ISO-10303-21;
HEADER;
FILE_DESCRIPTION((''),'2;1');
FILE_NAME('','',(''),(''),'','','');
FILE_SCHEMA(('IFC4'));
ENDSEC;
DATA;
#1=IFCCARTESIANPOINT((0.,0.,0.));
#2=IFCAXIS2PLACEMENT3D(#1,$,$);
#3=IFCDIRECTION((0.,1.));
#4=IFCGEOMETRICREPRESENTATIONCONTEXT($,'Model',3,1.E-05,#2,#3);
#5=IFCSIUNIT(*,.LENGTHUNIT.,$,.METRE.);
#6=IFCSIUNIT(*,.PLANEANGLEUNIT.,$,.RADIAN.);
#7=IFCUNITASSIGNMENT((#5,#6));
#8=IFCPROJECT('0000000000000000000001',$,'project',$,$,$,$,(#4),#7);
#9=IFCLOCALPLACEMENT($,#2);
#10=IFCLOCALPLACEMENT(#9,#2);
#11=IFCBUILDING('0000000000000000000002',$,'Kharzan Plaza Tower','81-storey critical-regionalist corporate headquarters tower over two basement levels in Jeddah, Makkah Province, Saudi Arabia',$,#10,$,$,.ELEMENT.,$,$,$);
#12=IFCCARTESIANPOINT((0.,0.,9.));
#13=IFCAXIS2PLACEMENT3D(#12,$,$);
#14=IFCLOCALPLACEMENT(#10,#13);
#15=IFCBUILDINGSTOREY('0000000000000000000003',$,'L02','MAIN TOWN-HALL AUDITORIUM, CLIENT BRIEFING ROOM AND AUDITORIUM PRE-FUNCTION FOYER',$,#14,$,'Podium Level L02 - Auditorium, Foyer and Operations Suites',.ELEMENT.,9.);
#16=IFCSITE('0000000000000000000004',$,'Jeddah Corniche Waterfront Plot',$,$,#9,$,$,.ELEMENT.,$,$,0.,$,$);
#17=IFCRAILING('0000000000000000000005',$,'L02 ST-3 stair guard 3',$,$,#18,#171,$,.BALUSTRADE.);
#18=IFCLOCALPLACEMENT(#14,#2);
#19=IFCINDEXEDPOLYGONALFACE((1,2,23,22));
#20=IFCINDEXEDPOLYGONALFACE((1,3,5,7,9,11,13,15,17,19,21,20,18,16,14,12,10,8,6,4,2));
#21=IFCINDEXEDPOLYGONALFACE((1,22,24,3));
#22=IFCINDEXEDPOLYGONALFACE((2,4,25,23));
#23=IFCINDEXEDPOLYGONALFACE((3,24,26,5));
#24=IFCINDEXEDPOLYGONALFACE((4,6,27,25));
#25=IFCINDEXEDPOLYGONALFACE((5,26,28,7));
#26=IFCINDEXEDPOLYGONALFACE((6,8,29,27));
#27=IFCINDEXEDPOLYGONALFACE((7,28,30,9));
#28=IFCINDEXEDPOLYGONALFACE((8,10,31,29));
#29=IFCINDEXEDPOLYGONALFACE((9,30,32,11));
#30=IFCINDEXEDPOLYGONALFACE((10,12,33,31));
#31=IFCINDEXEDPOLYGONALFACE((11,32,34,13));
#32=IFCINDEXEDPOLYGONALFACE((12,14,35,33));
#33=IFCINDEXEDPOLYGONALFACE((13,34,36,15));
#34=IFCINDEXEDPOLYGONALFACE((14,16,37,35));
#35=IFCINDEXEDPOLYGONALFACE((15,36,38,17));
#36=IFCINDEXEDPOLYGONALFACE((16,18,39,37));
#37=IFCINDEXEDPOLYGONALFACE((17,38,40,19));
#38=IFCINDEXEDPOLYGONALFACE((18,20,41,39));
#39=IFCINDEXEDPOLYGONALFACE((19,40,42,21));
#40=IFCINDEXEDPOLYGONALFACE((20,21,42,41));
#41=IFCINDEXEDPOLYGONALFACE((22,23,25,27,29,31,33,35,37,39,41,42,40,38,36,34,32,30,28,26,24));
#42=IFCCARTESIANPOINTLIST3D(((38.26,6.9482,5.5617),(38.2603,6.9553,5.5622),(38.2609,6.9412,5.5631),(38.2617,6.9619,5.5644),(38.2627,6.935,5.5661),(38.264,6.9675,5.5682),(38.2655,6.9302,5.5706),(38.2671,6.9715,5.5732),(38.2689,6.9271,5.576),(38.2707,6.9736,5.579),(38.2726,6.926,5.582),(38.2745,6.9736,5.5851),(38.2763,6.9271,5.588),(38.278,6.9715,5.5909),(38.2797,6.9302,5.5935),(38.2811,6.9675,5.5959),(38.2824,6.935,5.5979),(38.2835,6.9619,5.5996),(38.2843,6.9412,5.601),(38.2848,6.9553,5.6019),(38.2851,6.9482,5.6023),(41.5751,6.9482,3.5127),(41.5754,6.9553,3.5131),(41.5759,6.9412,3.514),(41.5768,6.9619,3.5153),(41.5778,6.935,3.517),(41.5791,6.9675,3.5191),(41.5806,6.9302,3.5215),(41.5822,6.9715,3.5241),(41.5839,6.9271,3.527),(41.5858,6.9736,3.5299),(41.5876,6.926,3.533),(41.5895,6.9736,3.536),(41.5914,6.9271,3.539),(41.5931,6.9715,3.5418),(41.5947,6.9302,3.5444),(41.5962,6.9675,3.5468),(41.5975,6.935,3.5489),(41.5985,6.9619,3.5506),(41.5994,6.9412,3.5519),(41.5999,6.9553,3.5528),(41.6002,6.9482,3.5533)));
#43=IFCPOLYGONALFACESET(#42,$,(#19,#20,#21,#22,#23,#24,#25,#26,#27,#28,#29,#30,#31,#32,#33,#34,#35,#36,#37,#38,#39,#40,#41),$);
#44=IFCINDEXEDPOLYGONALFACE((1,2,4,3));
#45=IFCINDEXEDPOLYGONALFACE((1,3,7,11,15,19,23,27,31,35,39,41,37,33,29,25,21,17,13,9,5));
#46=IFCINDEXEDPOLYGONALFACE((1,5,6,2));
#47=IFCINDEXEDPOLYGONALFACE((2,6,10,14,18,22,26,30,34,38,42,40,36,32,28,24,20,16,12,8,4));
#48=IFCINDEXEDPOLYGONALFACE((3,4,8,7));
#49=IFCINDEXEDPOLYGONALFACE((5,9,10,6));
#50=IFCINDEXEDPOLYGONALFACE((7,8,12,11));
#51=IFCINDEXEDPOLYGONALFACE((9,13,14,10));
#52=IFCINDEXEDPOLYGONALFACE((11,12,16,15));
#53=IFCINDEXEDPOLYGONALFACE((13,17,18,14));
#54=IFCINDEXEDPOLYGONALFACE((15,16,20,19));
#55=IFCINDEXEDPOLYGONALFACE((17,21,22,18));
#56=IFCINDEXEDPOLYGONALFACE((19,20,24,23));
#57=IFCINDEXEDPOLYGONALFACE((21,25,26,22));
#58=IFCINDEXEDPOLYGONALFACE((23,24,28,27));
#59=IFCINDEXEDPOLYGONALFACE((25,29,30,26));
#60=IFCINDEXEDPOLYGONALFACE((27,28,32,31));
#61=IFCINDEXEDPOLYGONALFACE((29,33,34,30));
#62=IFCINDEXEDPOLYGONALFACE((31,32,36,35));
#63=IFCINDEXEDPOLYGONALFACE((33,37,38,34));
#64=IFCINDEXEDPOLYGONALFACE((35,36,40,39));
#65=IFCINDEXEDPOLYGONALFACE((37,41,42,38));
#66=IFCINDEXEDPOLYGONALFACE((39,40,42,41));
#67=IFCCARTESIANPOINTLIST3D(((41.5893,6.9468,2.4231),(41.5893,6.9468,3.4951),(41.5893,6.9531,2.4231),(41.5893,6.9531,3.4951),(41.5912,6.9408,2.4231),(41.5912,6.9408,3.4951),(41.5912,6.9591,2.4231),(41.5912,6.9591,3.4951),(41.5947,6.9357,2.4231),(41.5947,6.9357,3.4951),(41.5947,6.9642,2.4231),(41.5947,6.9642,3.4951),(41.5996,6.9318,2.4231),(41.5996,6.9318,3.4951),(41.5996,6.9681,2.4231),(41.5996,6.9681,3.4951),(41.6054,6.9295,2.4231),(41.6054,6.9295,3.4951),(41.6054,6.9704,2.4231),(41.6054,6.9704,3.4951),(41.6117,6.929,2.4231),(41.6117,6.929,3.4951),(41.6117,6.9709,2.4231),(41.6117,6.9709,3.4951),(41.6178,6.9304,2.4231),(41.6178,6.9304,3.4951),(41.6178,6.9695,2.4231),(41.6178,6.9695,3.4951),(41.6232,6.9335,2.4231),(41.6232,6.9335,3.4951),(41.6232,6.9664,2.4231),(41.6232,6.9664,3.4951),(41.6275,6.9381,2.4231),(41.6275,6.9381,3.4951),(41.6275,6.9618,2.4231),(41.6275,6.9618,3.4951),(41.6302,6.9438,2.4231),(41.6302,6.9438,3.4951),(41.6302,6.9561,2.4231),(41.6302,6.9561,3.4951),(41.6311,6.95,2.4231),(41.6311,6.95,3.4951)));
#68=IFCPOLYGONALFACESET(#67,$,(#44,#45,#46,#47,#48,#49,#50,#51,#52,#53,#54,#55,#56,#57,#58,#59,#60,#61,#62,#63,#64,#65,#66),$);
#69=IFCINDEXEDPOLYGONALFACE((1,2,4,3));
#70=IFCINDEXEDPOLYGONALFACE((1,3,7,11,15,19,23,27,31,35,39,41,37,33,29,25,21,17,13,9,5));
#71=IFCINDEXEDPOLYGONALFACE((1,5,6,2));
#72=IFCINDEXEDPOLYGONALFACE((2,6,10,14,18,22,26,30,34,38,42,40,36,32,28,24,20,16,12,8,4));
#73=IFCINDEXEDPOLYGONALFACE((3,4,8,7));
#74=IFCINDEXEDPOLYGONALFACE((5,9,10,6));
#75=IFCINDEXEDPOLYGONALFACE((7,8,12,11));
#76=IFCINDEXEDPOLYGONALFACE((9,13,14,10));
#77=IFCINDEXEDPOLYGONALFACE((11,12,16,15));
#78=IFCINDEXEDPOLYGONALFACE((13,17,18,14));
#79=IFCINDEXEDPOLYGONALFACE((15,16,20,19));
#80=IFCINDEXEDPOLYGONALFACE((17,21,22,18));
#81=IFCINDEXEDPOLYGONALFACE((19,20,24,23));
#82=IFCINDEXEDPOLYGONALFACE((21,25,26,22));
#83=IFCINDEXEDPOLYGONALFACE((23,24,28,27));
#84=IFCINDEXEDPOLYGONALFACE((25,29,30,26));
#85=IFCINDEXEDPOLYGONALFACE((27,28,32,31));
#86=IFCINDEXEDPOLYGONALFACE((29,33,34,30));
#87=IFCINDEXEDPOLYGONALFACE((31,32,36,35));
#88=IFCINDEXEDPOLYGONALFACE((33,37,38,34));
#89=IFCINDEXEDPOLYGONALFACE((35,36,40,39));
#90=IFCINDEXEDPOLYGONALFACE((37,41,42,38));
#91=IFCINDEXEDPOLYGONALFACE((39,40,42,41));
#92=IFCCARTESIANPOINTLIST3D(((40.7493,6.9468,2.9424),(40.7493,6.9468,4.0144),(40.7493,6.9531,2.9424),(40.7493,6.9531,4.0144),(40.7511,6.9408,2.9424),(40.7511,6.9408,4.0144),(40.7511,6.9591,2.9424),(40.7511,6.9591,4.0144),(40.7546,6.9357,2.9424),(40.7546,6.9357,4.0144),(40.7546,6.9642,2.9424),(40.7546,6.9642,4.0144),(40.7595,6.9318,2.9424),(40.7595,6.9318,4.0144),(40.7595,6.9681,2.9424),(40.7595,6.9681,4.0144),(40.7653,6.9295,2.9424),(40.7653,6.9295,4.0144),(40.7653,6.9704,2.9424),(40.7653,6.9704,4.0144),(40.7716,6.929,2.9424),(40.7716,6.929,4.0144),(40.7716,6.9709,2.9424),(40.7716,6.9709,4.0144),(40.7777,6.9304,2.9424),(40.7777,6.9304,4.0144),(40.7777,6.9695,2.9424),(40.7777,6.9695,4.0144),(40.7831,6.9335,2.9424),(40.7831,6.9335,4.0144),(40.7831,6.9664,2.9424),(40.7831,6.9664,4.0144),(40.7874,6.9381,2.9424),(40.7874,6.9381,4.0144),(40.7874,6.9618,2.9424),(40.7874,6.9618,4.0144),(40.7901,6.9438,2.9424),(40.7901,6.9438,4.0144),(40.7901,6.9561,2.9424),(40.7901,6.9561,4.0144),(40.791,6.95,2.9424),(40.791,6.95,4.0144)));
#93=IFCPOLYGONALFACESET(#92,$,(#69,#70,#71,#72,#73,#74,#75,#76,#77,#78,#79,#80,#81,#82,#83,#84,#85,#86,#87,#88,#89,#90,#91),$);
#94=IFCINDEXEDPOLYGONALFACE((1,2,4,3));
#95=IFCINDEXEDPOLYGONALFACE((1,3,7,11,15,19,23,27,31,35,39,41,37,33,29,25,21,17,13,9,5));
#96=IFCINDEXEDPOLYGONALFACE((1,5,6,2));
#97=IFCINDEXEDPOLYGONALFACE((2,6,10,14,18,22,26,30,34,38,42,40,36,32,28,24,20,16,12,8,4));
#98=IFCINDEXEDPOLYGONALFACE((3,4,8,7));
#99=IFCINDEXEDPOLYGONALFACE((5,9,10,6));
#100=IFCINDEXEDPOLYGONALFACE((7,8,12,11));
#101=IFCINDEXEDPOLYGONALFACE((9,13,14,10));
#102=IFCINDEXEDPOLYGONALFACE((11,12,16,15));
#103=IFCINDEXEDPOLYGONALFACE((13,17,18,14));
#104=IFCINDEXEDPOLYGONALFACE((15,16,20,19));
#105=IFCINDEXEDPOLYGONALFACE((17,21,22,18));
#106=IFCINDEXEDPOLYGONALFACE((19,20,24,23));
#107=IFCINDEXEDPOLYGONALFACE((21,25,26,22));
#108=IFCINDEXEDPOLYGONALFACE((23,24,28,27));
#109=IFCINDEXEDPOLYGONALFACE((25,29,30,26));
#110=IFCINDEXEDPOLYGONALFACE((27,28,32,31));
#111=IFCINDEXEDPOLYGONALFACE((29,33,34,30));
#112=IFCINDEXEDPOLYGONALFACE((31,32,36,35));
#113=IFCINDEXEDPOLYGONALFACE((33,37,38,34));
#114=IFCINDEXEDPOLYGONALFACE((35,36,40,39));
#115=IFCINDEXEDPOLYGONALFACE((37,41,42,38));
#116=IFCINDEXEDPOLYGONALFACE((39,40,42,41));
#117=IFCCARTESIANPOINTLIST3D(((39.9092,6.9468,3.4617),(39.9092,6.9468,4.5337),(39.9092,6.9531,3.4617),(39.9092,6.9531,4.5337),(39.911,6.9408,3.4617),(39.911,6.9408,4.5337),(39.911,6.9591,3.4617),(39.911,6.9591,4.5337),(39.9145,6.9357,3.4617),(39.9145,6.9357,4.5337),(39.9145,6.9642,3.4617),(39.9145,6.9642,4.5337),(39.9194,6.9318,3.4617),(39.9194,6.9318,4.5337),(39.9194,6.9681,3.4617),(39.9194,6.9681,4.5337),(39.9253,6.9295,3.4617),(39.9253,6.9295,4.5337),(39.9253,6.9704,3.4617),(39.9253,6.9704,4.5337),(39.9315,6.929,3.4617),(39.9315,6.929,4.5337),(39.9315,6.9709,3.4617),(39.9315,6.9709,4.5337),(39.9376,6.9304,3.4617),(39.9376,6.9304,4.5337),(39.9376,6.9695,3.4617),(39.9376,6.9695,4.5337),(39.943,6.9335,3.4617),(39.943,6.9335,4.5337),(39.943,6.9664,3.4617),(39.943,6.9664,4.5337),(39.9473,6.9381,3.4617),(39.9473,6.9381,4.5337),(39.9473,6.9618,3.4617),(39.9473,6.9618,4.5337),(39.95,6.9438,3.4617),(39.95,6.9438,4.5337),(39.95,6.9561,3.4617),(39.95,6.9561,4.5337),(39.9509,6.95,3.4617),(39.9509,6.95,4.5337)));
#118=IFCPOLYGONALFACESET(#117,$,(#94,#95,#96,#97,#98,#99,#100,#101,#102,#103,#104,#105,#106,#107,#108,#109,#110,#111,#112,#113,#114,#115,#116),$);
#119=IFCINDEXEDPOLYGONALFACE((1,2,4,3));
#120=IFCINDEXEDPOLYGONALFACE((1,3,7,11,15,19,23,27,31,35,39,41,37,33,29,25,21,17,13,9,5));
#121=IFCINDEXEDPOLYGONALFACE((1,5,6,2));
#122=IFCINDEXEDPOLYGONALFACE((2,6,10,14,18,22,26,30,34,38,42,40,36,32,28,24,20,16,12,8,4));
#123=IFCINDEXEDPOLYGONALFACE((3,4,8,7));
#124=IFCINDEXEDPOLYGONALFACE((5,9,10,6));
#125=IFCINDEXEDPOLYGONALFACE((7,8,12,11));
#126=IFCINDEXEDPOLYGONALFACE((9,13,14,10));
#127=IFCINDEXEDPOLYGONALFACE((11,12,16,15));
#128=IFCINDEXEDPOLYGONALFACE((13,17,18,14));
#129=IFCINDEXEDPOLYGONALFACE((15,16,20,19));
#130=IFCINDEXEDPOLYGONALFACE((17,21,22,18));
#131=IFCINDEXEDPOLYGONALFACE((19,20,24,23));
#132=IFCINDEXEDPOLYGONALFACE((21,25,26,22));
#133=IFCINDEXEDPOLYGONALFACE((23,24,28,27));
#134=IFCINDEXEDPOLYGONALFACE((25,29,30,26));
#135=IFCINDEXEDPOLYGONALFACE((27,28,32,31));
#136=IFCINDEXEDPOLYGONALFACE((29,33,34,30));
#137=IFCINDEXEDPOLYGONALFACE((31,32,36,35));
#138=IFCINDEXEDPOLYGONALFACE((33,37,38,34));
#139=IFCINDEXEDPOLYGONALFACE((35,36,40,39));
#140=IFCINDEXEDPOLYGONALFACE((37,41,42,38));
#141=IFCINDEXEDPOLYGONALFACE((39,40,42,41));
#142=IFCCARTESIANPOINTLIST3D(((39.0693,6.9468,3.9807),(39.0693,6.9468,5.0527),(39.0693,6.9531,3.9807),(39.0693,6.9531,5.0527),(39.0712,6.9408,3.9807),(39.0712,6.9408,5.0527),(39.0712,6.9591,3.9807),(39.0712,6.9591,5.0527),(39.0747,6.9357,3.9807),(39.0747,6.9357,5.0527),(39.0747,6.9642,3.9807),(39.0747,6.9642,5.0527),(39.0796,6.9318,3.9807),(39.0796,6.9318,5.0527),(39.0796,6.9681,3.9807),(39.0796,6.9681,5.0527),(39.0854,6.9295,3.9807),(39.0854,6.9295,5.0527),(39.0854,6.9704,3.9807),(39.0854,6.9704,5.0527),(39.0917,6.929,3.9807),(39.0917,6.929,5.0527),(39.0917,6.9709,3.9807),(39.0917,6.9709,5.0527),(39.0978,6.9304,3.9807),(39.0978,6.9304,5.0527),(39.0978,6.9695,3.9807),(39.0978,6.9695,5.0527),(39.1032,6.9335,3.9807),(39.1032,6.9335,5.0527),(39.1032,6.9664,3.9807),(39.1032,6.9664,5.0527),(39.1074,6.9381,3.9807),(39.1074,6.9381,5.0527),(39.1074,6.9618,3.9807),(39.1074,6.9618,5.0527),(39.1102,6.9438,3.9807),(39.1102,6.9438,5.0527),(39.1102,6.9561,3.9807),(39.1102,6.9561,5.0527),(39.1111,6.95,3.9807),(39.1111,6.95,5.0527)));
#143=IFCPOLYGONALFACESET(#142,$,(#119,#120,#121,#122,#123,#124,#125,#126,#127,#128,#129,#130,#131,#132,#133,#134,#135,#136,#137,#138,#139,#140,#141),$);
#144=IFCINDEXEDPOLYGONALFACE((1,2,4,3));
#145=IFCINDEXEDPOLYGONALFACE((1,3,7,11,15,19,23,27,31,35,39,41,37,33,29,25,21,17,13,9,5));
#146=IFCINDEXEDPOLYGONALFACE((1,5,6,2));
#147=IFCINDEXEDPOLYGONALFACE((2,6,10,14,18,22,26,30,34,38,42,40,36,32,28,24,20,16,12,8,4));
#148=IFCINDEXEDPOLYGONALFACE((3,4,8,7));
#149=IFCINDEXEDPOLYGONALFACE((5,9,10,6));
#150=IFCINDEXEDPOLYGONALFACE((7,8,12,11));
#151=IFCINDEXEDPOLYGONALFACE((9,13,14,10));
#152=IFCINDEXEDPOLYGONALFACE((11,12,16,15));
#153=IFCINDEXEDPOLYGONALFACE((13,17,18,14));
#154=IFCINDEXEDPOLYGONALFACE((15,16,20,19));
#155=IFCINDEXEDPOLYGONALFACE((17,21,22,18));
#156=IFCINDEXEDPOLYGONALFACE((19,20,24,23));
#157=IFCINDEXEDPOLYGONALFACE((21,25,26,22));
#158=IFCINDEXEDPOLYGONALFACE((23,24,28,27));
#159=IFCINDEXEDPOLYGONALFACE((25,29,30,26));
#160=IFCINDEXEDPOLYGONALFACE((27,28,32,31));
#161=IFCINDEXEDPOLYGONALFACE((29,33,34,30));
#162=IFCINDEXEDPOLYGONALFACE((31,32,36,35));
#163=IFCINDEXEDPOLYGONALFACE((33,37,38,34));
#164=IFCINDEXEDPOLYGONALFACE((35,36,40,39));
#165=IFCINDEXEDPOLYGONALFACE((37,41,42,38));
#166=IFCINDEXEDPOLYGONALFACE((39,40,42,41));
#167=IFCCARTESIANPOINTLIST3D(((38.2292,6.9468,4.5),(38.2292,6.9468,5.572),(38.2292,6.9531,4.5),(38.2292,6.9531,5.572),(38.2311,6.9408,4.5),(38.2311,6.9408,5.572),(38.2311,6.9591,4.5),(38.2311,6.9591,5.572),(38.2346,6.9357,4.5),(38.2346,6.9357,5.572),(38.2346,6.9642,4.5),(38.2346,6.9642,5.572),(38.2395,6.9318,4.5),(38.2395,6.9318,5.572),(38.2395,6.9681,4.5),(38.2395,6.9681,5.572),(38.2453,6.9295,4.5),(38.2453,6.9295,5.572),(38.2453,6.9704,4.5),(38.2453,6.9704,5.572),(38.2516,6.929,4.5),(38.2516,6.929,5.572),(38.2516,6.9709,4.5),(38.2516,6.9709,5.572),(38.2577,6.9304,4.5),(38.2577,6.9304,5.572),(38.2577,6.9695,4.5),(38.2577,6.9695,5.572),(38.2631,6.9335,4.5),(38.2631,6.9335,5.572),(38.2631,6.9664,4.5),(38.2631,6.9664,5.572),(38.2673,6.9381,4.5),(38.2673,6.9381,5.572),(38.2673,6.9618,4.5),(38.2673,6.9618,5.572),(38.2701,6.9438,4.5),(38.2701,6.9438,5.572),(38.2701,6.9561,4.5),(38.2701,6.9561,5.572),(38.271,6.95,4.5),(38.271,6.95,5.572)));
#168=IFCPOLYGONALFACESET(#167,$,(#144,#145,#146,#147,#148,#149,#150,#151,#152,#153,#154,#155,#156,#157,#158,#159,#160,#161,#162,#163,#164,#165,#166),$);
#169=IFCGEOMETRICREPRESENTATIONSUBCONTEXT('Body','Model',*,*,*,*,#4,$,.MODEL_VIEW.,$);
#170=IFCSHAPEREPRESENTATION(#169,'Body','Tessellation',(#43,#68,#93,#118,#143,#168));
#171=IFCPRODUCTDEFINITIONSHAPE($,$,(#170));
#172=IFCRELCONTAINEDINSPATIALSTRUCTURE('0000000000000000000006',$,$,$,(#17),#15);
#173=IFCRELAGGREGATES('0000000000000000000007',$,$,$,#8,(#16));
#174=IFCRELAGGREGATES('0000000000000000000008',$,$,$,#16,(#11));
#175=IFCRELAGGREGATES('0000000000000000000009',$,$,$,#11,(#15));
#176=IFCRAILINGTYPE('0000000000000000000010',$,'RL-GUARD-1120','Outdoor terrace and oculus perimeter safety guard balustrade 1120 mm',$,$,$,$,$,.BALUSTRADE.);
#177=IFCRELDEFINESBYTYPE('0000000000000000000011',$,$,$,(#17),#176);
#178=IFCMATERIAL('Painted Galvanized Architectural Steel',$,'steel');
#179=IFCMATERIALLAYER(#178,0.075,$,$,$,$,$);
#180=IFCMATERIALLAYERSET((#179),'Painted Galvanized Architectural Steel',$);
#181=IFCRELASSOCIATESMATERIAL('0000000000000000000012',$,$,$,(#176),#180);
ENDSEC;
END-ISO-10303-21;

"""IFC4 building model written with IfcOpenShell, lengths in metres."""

from ifc_helpers import new_model, si_unit, direction, frame, origin, origin_2d, place, context, subcontext, project, spatial, circle, extrude, source, transform, mapped, material, layer, layer_set, type_object, element, save


model = new_model("IFC4")

# Units and contexts
model_context = context("Model", 3, precision=1e-05, world=origin(), true_north=direction((0.0, 1.0)))
body_context = subcontext(model_context, "Body", "Model", "MODEL_VIEW")
ifc_project = project(units=[si_unit("LENGTHUNIT", "METRE"), si_unit("PLANEANGLEUNIT", "RADIAN")], contexts=[model_context])

# Site, building, storey
site_placement = place(None, origin())
site = spatial("IfcSite", under=ifc_project, at=site_placement, Name="Jeddah Corniche Waterfront Plot", CompositionType="ELEMENT", RefElevation=0.0)
building_placement = place(site_placement, origin())
building = spatial("IfcBuilding", under=site, at=building_placement, Name="Kharzan Plaza Tower", Description="81-storey critical-regionalist corporate headquarters tower over two basement levels in Jeddah, Makkah Province, Saudi Arabia", CompositionType="ELEMENT")
storey_placement = place(building_placement, frame((0.0, 0.0, 9.0)))
storey = spatial("IfcBuildingStorey", under=building, at=storey_placement, Name="L02", Description="MAIN TOWN-HALL AUDITORIUM, CLIENT BRIEFING ROOM AND AUDITORIUM PRE-FUNCTION FOYER", LongName="Podium Level L02 - Auditorium, Foyer and Operations Suites", CompositionType="ELEMENT", Elevation=9.0)

# Railing
ifc_material_1 = material(Name="Painted Galvanized Architectural Steel", Category="steel")
ifc_layer_1 = layer(ifc_material_1, 0.075)
ifc_layer_set_1 = layer_set([ifc_layer_1], Name="Painted Galvanized Architectural Steel")
railing_type_1 = type_object("IfcRailingType", Name="RL-GUARD-1120", Description="Outdoor terrace and oculus perimeter safety guard balustrade 1120 mm", PredefinedType="BALUSTRADE", material=ifc_layer_set_1)
shared_shape_1 = source(origin(), body_context, "Body", "SweptSolid", [
    extrude(circle(Radius=0.0239, at=origin_2d()), frame((-0.0225, 0.0, 1.1099), z_axis=(-0.850623, 0.0, 0.525776), x_axis=(0.0, -1.0, 0.0)), (0.0, 0.0, 1.0), 3.8972),
    extrude(circle(Radius=0.021, at=origin_2d()), origin(), (0.0, 0.0, 1.0), 1.072),
    extrude(circle(Radius=0.021, at=origin_2d()), frame((-0.8401, 0.0, 0.5193)), (0.0, 0.0, 1.0), 1.072),
    extrude(circle(Radius=0.021, at=origin_2d()), frame((-1.6802, 0.0, 1.0386)), (0.0, 0.0, 1.0), 1.072),
    extrude(circle(Radius=0.021, at=origin_2d()), frame((-2.52, 0.0, 1.5576)), (0.0, 0.0, 1.0), 1.072),
    extrude(circle(Radius=0.021, at=origin_2d()), frame((-3.3601, 0.0, 2.0769)), (0.0, 0.0, 1.0), 1.072),
])
railing_1_placement = place(storey_placement, frame((41.6101, 6.95, 2.4231)))
element("IfcRailing", 1, at=railing_1_placement, inside=storey, type_object=railing_type_1, Name="L02 ST-3 stair guard 3", PredefinedType="BALUSTRADE", context=body_context, shape_type="MappedRepresentation", body=[
    mapped(shared_shape_1, transform((0.0, 0.0, 0.0), x_axis=(1.0, 0.0, 0.0), y_axis=(0.0, 1.0, 0.0), z_axis=(0.0, 0.0, 1.0))),
])

save(model, "model.ifc")
